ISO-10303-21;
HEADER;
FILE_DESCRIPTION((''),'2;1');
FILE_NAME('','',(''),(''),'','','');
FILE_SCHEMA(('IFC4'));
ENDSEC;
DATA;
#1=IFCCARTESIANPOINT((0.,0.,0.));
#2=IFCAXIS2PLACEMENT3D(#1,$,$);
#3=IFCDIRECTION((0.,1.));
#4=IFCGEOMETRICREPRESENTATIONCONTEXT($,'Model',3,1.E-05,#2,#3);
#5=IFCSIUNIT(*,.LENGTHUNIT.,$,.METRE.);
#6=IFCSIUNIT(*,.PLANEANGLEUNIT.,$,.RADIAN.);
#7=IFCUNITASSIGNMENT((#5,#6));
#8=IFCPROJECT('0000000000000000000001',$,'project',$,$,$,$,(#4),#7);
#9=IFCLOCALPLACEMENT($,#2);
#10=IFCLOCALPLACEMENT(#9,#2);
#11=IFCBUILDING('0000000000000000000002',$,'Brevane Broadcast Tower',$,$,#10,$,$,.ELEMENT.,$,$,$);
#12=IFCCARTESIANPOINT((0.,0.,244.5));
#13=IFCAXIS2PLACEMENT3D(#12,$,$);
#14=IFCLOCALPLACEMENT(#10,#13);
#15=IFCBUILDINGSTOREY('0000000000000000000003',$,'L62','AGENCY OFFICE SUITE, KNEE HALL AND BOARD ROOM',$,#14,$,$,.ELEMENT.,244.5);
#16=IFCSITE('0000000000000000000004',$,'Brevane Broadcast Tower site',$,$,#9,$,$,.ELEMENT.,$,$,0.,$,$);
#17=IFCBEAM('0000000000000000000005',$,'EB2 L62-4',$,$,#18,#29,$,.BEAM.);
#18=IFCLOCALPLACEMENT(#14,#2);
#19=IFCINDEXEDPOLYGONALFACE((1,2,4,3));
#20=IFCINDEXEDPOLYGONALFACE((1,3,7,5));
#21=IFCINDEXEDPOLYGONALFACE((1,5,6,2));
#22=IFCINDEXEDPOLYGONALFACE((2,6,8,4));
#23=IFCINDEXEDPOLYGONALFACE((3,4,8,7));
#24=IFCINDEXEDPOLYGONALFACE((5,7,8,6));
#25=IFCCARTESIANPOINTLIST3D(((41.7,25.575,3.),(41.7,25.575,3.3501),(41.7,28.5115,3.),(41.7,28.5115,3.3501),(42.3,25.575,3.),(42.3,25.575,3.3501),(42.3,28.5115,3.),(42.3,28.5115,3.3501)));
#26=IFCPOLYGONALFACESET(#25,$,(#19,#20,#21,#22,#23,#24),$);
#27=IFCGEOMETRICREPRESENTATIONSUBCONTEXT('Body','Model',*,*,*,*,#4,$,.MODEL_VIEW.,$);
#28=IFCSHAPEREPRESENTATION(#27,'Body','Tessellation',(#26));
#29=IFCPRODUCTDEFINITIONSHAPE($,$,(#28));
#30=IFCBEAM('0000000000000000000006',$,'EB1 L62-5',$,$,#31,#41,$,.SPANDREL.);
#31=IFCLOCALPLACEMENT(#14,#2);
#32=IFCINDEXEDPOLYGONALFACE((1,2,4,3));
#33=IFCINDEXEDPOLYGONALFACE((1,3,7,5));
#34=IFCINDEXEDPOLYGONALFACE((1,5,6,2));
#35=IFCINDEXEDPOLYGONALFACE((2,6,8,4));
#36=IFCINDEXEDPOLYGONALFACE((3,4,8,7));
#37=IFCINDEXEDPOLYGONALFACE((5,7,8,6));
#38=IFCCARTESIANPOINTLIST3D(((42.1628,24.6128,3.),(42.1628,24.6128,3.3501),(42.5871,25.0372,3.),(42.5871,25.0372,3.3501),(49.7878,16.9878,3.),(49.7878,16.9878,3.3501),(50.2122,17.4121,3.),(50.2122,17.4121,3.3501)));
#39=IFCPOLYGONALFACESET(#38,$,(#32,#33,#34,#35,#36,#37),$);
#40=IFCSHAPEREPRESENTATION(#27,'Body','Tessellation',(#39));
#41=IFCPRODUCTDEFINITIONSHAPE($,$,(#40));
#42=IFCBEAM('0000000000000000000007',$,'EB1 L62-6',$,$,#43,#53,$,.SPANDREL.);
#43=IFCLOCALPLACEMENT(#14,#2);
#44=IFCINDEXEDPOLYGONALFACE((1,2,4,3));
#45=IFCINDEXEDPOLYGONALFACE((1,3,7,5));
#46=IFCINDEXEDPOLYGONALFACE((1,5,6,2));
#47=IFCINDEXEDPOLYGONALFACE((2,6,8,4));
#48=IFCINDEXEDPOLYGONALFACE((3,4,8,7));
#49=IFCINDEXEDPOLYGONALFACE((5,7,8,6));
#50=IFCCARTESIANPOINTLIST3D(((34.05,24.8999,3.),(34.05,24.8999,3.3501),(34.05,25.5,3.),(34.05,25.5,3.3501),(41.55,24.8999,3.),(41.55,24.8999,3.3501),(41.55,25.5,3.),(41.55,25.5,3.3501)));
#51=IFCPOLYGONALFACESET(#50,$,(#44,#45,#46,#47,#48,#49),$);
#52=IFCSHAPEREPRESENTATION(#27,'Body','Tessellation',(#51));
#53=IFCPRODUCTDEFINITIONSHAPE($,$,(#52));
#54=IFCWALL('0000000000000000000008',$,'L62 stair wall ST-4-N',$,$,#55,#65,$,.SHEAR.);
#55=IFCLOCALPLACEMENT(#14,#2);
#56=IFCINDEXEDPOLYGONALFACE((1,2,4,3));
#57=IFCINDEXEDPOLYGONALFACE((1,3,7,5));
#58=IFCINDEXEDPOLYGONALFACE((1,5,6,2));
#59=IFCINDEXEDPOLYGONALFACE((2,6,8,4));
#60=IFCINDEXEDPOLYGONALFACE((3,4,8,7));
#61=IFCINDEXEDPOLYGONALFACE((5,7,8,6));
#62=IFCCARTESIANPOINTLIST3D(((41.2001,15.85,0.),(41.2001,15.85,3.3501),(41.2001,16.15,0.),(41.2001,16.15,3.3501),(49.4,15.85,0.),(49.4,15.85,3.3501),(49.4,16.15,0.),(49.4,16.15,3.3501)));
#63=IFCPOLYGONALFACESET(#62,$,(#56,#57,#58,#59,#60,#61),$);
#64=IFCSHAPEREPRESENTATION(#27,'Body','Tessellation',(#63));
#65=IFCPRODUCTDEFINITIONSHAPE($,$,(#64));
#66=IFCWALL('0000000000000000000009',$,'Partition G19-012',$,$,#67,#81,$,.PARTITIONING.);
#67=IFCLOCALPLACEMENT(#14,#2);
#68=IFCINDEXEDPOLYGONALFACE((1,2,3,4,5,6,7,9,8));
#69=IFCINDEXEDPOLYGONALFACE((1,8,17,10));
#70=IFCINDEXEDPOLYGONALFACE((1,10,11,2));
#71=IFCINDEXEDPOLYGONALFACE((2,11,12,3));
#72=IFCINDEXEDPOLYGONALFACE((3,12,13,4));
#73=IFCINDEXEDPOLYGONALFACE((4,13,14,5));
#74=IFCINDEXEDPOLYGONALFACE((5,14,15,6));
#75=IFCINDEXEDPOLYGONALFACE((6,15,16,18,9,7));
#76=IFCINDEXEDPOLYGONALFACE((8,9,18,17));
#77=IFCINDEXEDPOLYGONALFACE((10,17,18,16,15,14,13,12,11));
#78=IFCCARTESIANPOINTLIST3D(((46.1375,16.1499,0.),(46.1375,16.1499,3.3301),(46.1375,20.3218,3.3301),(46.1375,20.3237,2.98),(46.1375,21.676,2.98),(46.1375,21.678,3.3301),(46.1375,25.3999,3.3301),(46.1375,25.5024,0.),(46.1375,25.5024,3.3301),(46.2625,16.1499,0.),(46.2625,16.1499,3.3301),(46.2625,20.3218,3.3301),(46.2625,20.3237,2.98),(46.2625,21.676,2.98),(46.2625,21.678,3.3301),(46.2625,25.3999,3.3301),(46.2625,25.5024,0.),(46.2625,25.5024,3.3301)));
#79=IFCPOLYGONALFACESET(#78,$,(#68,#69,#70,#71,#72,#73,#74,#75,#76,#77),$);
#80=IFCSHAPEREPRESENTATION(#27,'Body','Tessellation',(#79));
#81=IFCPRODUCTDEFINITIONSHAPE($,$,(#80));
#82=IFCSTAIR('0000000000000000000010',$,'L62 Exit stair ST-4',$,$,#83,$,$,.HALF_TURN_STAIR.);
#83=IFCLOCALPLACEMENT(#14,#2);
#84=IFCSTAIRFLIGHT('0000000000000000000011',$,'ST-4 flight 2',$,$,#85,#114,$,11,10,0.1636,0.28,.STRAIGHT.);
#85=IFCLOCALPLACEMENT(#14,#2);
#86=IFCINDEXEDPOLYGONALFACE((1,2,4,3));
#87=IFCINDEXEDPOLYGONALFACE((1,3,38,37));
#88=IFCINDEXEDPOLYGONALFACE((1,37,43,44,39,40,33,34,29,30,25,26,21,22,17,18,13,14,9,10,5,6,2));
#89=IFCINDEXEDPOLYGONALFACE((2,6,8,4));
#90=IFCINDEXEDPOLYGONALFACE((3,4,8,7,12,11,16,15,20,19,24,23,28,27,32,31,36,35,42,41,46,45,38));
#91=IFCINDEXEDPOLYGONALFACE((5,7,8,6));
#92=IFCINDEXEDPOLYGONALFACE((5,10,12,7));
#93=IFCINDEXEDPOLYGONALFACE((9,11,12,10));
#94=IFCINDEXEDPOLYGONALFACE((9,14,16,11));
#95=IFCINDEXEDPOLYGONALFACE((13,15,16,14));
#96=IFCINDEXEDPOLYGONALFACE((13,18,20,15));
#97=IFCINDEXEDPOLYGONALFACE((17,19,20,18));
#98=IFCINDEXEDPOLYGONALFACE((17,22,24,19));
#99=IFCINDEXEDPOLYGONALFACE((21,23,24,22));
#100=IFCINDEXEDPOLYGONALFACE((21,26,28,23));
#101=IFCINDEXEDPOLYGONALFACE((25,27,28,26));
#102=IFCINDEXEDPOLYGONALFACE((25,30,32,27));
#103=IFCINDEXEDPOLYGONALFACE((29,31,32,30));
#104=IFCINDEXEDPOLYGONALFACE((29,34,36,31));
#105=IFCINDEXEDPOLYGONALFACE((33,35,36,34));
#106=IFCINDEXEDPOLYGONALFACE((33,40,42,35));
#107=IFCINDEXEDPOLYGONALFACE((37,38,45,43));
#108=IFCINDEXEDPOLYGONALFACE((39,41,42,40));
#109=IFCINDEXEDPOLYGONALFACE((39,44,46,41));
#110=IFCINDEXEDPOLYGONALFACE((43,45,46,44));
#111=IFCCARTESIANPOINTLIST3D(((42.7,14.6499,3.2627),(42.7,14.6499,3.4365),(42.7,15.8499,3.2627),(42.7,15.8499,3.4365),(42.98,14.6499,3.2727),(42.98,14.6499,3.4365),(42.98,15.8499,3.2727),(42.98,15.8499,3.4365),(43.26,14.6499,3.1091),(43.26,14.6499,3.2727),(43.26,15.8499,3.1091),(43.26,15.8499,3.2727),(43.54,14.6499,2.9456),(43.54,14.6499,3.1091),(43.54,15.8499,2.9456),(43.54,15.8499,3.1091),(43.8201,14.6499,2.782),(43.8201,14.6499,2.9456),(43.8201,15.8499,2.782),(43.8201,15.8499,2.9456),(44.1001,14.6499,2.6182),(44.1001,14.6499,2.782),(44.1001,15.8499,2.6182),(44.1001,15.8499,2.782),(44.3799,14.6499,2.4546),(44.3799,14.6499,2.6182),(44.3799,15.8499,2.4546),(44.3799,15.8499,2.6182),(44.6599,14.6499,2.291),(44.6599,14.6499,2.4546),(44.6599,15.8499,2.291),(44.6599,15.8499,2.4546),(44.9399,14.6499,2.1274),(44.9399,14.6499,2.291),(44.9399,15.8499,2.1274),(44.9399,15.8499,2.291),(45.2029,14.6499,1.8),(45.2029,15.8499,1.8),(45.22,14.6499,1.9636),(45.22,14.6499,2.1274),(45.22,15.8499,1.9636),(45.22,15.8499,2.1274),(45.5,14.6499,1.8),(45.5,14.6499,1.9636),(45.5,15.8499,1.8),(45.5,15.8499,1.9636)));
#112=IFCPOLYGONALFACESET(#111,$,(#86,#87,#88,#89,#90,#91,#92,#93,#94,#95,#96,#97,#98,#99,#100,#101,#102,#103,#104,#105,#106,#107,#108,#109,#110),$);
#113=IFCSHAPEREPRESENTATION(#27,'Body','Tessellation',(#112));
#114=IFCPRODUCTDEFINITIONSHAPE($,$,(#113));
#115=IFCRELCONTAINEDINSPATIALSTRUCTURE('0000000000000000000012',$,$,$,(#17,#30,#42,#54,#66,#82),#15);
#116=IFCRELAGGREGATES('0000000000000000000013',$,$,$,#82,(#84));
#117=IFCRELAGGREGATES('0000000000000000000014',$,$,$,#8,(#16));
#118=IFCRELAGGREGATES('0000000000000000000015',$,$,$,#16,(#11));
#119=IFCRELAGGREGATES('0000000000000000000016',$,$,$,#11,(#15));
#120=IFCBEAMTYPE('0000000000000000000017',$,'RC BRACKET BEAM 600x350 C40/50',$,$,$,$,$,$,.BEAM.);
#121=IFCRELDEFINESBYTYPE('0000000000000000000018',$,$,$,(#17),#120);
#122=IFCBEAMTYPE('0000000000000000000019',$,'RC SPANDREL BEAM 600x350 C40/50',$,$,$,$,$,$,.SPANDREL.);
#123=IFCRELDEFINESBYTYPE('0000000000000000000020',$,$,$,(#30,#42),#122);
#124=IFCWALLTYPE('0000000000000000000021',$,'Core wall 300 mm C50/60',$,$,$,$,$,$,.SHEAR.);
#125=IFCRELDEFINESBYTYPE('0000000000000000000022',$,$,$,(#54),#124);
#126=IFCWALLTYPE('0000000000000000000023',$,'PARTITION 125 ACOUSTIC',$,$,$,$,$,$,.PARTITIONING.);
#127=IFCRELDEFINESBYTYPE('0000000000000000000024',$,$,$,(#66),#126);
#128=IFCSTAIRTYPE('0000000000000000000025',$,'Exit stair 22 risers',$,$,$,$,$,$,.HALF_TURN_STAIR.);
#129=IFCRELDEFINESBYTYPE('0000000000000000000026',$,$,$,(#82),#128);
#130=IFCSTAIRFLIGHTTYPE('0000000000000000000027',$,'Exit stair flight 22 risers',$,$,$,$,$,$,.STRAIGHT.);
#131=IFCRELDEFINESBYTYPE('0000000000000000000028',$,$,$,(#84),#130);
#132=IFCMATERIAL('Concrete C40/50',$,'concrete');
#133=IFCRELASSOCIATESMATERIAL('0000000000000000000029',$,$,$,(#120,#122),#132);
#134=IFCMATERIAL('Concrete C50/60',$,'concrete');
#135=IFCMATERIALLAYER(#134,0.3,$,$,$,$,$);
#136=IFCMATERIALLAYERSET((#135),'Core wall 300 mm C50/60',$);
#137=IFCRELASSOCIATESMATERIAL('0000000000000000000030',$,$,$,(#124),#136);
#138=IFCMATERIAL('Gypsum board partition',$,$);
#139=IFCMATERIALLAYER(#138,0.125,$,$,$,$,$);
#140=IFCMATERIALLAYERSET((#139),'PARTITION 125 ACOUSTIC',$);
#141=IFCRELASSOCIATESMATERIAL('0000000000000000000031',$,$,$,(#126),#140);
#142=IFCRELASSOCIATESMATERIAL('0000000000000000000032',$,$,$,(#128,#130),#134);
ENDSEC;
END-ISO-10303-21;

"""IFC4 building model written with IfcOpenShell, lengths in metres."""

from ifc_helpers import new_model, si_unit, direction, frame, frame_2d, origin, origin_2d, place, context, subcontext, project, spatial, polyline, rectangle, outline, extrude, material, layer, layer_set, material_profile, profile_set, type_object, element, aggregate, save


model = new_model("IFC4")

# Units and contexts
model_context = context("Model", 3, precision=1e-05, world=origin(), true_north=direction((0.0, 1.0)))
body_context = subcontext(model_context, "Body", "Model", "MODEL_VIEW")
ifc_project = project(units=[si_unit("LENGTHUNIT", "METRE"), si_unit("PLANEANGLEUNIT", "RADIAN")], contexts=[model_context])

# Site, building, storey
site_placement = place(None, origin())
site = spatial("IfcSite", under=ifc_project, at=site_placement, Name="Brevane Broadcast Tower site", CompositionType="ELEMENT", RefElevation=0.0)
building_placement = place(site_placement, origin())
building = spatial("IfcBuilding", under=site, at=building_placement, Name="Brevane Broadcast Tower", CompositionType="ELEMENT")
storey_placement = place(building_placement, frame((0.0, 0.0, 244.5)))
storey = spatial("IfcBuildingStorey", under=building, at=storey_placement, Name="L62", Description="AGENCY OFFICE SUITE, KNEE HALL AND BOARD ROOM", CompositionType="ELEMENT", Elevation=244.5)

# Shared definitions
ifc_material_1 = material(Name="Concrete C50/60", Category="concrete")

# Beams
ifc_material_2 = material(Name="Concrete C40/50", Category="concrete")
ifc_material_profile_1 = material_profile(ifc_material_2, rectangle(XDim=0.6001, YDim=0.3501, at=origin_2d()), Name="RC 600x350")
ifc_profile_set_1 = profile_set([ifc_material_profile_1], Name="Concrete C40/50")
beam_type_1 = type_object("IfcBeamType", Name="RC BRACKET BEAM 600x350 C40/50", PredefinedType="BEAM", material=ifc_profile_set_1)
beam_1_placement = place(storey_placement, frame((42.0, 25.575, 3.175), z_axis=(0.0, 1.0, 0.0), x_axis=(-1.0, 0.0, 0.0)))
element("IfcBeam", 1, at=beam_1_placement, inside=storey, type_object=beam_type_1, Name="EB2 L62-4", PredefinedType="BEAM", context=body_context, shape_type="SweptSolid", body=[
    extrude(rectangle(XDim=0.6001, YDim=0.3501, at=origin_2d()), origin(), (0.0, 0.0, 1.0), 2.9365),
])
ifc_material_profile_2 = material_profile(ifc_material_2, rectangle(XDim=0.6001, YDim=0.3501, at=origin_2d()), Name="RC 600x350")
ifc_profile_set_2 = profile_set([ifc_material_profile_2], Name="Concrete C40/50")
beam_type_2 = type_object("IfcBeamType", Name="RC SPANDREL BEAM 600x350 C40/50", PredefinedType="SPANDREL", material=ifc_profile_set_2)
beam_2_placement = place(storey_placement, frame((50.0, 17.2, 3.175), z_axis=(-0.707107, 0.707107, 0.0), x_axis=(-0.707107, -0.707107, 0.0)))
element("IfcBeam", 2, at=beam_2_placement, inside=storey, type_object=beam_type_2, Name="EB1 L62-5", PredefinedType="SPANDREL", context=body_context, shape_type="SweptSolid", body=[
    extrude(rectangle(XDim=0.6001, YDim=0.3501, at=origin_2d()), origin(), (0.0, 0.0, 1.0), 10.7834),
])
beam_3_placement = place(storey_placement, frame((41.55, 25.2, 3.175), z_axis=(-1.0, 0.0, 0.0), x_axis=(0.0, -1.0, 0.0)))
element("IfcBeam", 3, at=beam_3_placement, inside=storey, type_object=beam_type_2, Name="EB1 L62-6", PredefinedType="SPANDREL", context=body_context, shape_type="SweptSolid", body=[
    extrude(rectangle(XDim=0.6001, YDim=0.3501, at=origin_2d()), origin(), (0.0, 0.0, 1.0), 7.5),
])

# Walls
ifc_layer_1 = layer(ifc_material_1, 0.3)
ifc_layer_set_1 = layer_set([ifc_layer_1], Name="Core wall 300 mm C50/60")
wall_type_1 = type_object("IfcWallType", Name="Core wall 300 mm C50/60", PredefinedType="SHEAR", material=ifc_layer_set_1)
wall_1_placement = place(storey_placement, frame((41.2, 16.0, 0.0), z_axis=(0.0, 0.0, 1.0), x_axis=(1.0, 0.0, 0.0)))
element("IfcWall", 4, at=wall_1_placement, inside=storey, type_object=wall_type_1, Name="L62 stair wall ST-4-N", PredefinedType="SHEAR", context=body_context, shape_type="SweptSolid", body=[
    extrude(rectangle(XDim=8.2, YDim=0.3, at=frame_2d((4.1001, 0.0))), origin(), (0.0, 0.0, 1.0), 3.3501),
])
ifc_material_3 = material(Name="Gypsum board partition")
ifc_layer_2 = layer(ifc_material_3, 0.125)
ifc_layer_set_2 = layer_set([ifc_layer_2], Name="PARTITION 125 ACOUSTIC")
wall_type_2 = type_object("IfcWallType", Name="PARTITION 125 ACOUSTIC", PredefinedType="PARTITIONING", material=ifc_layer_set_2)
wall_2_placement = place(storey_placement, frame((46.2, 16.1499, 0.0), z_axis=(0.0, 0.0, 1.0), x_axis=(0.0, 1.0, 0.0)))
element("IfcWall", 5, at=wall_2_placement, inside=storey, type_object=wall_type_2, Name="Partition G19-012", PredefinedType="PARTITIONING", context=body_context, shape_type="SweptSolid", body=[
    extrude(outline(polyline([(0.0, 0.0), (9.3525, 0.0), (9.3525, 3.3301), (9.25, 3.3301), (5.5281, 3.3301), (5.5261, 2.98), (4.1738, 2.98), (4.1719, 3.3301), (0.0, 3.3301), (0.0, 0.0)])), frame((0.0, 0.0625, 0.0), z_axis=(0.0, -1.0, 0.0), x_axis=(1.0, 0.0, 0.0)), (0.0, 0.0, 1.0), 0.125),
])

# Stair, stair flight
stair_type = type_object("IfcStairType", Name="Exit stair 22 risers", PredefinedType="HALF_TURN_STAIR", material=ifc_material_1)
stair_placement = place(storey_placement, origin())
stair = element("IfcStair", 6, at=stair_placement, inside=storey, type_object=stair_type, Name="L62 Exit stair ST-4", PredefinedType="HALF_TURN_STAIR")
stair_flight_type = type_object("IfcStairFlightType", Name="Exit stair flight 22 risers", PredefinedType="STRAIGHT", material=ifc_material_1)
stair_flight_placement = place(storey_placement, frame((45.5, 15.25, 1.8), z_axis=(0.0, 0.0, 1.0), x_axis=(-1.0, 0.0, 0.0)))
stair_flight = element("IfcStairFlight", 7, at=stair_flight_placement, type_object=stair_flight_type, Name="ST-4 flight 2", NumberOfRisers=11, NumberOfTreads=10, PredefinedType="STRAIGHT", RiserHeight=0.1636, TreadLength=0.28, context=body_context, shape_type="SweptSolid", body=[
    extrude(outline(polyline([(0.0, 0.0), (0.0, 0.1636), (0.28, 0.1636), (0.28, 0.3274), (0.5601, 0.3274), (0.5601, 0.491), (0.8401, 0.491), (0.8401, 0.6545), (1.1201, 0.6545), (1.1201, 0.8181), (1.3999, 0.8181), (1.3999, 0.9819), (1.6799, 0.9819), (1.6799, 1.1455), (1.96, 1.1455), (1.96, 1.3091), (2.24, 1.3091), (2.24, 1.4727), (2.52, 1.4727), (2.52, 1.6365), (2.8, 1.6365), (2.8, 1.8), (2.8, 1.4626), (0.2971, 0.0), (0.0, 0.0)])), frame((0.0, 0.6001, 0.0), z_axis=(0.0, -1.0, 0.0), x_axis=(1.0, 0.0, 0.0)), (0.0, 0.0, 1.0), 1.2),
])
aggregate(stair, [stair_flight])

save(model, "model.ifc")
